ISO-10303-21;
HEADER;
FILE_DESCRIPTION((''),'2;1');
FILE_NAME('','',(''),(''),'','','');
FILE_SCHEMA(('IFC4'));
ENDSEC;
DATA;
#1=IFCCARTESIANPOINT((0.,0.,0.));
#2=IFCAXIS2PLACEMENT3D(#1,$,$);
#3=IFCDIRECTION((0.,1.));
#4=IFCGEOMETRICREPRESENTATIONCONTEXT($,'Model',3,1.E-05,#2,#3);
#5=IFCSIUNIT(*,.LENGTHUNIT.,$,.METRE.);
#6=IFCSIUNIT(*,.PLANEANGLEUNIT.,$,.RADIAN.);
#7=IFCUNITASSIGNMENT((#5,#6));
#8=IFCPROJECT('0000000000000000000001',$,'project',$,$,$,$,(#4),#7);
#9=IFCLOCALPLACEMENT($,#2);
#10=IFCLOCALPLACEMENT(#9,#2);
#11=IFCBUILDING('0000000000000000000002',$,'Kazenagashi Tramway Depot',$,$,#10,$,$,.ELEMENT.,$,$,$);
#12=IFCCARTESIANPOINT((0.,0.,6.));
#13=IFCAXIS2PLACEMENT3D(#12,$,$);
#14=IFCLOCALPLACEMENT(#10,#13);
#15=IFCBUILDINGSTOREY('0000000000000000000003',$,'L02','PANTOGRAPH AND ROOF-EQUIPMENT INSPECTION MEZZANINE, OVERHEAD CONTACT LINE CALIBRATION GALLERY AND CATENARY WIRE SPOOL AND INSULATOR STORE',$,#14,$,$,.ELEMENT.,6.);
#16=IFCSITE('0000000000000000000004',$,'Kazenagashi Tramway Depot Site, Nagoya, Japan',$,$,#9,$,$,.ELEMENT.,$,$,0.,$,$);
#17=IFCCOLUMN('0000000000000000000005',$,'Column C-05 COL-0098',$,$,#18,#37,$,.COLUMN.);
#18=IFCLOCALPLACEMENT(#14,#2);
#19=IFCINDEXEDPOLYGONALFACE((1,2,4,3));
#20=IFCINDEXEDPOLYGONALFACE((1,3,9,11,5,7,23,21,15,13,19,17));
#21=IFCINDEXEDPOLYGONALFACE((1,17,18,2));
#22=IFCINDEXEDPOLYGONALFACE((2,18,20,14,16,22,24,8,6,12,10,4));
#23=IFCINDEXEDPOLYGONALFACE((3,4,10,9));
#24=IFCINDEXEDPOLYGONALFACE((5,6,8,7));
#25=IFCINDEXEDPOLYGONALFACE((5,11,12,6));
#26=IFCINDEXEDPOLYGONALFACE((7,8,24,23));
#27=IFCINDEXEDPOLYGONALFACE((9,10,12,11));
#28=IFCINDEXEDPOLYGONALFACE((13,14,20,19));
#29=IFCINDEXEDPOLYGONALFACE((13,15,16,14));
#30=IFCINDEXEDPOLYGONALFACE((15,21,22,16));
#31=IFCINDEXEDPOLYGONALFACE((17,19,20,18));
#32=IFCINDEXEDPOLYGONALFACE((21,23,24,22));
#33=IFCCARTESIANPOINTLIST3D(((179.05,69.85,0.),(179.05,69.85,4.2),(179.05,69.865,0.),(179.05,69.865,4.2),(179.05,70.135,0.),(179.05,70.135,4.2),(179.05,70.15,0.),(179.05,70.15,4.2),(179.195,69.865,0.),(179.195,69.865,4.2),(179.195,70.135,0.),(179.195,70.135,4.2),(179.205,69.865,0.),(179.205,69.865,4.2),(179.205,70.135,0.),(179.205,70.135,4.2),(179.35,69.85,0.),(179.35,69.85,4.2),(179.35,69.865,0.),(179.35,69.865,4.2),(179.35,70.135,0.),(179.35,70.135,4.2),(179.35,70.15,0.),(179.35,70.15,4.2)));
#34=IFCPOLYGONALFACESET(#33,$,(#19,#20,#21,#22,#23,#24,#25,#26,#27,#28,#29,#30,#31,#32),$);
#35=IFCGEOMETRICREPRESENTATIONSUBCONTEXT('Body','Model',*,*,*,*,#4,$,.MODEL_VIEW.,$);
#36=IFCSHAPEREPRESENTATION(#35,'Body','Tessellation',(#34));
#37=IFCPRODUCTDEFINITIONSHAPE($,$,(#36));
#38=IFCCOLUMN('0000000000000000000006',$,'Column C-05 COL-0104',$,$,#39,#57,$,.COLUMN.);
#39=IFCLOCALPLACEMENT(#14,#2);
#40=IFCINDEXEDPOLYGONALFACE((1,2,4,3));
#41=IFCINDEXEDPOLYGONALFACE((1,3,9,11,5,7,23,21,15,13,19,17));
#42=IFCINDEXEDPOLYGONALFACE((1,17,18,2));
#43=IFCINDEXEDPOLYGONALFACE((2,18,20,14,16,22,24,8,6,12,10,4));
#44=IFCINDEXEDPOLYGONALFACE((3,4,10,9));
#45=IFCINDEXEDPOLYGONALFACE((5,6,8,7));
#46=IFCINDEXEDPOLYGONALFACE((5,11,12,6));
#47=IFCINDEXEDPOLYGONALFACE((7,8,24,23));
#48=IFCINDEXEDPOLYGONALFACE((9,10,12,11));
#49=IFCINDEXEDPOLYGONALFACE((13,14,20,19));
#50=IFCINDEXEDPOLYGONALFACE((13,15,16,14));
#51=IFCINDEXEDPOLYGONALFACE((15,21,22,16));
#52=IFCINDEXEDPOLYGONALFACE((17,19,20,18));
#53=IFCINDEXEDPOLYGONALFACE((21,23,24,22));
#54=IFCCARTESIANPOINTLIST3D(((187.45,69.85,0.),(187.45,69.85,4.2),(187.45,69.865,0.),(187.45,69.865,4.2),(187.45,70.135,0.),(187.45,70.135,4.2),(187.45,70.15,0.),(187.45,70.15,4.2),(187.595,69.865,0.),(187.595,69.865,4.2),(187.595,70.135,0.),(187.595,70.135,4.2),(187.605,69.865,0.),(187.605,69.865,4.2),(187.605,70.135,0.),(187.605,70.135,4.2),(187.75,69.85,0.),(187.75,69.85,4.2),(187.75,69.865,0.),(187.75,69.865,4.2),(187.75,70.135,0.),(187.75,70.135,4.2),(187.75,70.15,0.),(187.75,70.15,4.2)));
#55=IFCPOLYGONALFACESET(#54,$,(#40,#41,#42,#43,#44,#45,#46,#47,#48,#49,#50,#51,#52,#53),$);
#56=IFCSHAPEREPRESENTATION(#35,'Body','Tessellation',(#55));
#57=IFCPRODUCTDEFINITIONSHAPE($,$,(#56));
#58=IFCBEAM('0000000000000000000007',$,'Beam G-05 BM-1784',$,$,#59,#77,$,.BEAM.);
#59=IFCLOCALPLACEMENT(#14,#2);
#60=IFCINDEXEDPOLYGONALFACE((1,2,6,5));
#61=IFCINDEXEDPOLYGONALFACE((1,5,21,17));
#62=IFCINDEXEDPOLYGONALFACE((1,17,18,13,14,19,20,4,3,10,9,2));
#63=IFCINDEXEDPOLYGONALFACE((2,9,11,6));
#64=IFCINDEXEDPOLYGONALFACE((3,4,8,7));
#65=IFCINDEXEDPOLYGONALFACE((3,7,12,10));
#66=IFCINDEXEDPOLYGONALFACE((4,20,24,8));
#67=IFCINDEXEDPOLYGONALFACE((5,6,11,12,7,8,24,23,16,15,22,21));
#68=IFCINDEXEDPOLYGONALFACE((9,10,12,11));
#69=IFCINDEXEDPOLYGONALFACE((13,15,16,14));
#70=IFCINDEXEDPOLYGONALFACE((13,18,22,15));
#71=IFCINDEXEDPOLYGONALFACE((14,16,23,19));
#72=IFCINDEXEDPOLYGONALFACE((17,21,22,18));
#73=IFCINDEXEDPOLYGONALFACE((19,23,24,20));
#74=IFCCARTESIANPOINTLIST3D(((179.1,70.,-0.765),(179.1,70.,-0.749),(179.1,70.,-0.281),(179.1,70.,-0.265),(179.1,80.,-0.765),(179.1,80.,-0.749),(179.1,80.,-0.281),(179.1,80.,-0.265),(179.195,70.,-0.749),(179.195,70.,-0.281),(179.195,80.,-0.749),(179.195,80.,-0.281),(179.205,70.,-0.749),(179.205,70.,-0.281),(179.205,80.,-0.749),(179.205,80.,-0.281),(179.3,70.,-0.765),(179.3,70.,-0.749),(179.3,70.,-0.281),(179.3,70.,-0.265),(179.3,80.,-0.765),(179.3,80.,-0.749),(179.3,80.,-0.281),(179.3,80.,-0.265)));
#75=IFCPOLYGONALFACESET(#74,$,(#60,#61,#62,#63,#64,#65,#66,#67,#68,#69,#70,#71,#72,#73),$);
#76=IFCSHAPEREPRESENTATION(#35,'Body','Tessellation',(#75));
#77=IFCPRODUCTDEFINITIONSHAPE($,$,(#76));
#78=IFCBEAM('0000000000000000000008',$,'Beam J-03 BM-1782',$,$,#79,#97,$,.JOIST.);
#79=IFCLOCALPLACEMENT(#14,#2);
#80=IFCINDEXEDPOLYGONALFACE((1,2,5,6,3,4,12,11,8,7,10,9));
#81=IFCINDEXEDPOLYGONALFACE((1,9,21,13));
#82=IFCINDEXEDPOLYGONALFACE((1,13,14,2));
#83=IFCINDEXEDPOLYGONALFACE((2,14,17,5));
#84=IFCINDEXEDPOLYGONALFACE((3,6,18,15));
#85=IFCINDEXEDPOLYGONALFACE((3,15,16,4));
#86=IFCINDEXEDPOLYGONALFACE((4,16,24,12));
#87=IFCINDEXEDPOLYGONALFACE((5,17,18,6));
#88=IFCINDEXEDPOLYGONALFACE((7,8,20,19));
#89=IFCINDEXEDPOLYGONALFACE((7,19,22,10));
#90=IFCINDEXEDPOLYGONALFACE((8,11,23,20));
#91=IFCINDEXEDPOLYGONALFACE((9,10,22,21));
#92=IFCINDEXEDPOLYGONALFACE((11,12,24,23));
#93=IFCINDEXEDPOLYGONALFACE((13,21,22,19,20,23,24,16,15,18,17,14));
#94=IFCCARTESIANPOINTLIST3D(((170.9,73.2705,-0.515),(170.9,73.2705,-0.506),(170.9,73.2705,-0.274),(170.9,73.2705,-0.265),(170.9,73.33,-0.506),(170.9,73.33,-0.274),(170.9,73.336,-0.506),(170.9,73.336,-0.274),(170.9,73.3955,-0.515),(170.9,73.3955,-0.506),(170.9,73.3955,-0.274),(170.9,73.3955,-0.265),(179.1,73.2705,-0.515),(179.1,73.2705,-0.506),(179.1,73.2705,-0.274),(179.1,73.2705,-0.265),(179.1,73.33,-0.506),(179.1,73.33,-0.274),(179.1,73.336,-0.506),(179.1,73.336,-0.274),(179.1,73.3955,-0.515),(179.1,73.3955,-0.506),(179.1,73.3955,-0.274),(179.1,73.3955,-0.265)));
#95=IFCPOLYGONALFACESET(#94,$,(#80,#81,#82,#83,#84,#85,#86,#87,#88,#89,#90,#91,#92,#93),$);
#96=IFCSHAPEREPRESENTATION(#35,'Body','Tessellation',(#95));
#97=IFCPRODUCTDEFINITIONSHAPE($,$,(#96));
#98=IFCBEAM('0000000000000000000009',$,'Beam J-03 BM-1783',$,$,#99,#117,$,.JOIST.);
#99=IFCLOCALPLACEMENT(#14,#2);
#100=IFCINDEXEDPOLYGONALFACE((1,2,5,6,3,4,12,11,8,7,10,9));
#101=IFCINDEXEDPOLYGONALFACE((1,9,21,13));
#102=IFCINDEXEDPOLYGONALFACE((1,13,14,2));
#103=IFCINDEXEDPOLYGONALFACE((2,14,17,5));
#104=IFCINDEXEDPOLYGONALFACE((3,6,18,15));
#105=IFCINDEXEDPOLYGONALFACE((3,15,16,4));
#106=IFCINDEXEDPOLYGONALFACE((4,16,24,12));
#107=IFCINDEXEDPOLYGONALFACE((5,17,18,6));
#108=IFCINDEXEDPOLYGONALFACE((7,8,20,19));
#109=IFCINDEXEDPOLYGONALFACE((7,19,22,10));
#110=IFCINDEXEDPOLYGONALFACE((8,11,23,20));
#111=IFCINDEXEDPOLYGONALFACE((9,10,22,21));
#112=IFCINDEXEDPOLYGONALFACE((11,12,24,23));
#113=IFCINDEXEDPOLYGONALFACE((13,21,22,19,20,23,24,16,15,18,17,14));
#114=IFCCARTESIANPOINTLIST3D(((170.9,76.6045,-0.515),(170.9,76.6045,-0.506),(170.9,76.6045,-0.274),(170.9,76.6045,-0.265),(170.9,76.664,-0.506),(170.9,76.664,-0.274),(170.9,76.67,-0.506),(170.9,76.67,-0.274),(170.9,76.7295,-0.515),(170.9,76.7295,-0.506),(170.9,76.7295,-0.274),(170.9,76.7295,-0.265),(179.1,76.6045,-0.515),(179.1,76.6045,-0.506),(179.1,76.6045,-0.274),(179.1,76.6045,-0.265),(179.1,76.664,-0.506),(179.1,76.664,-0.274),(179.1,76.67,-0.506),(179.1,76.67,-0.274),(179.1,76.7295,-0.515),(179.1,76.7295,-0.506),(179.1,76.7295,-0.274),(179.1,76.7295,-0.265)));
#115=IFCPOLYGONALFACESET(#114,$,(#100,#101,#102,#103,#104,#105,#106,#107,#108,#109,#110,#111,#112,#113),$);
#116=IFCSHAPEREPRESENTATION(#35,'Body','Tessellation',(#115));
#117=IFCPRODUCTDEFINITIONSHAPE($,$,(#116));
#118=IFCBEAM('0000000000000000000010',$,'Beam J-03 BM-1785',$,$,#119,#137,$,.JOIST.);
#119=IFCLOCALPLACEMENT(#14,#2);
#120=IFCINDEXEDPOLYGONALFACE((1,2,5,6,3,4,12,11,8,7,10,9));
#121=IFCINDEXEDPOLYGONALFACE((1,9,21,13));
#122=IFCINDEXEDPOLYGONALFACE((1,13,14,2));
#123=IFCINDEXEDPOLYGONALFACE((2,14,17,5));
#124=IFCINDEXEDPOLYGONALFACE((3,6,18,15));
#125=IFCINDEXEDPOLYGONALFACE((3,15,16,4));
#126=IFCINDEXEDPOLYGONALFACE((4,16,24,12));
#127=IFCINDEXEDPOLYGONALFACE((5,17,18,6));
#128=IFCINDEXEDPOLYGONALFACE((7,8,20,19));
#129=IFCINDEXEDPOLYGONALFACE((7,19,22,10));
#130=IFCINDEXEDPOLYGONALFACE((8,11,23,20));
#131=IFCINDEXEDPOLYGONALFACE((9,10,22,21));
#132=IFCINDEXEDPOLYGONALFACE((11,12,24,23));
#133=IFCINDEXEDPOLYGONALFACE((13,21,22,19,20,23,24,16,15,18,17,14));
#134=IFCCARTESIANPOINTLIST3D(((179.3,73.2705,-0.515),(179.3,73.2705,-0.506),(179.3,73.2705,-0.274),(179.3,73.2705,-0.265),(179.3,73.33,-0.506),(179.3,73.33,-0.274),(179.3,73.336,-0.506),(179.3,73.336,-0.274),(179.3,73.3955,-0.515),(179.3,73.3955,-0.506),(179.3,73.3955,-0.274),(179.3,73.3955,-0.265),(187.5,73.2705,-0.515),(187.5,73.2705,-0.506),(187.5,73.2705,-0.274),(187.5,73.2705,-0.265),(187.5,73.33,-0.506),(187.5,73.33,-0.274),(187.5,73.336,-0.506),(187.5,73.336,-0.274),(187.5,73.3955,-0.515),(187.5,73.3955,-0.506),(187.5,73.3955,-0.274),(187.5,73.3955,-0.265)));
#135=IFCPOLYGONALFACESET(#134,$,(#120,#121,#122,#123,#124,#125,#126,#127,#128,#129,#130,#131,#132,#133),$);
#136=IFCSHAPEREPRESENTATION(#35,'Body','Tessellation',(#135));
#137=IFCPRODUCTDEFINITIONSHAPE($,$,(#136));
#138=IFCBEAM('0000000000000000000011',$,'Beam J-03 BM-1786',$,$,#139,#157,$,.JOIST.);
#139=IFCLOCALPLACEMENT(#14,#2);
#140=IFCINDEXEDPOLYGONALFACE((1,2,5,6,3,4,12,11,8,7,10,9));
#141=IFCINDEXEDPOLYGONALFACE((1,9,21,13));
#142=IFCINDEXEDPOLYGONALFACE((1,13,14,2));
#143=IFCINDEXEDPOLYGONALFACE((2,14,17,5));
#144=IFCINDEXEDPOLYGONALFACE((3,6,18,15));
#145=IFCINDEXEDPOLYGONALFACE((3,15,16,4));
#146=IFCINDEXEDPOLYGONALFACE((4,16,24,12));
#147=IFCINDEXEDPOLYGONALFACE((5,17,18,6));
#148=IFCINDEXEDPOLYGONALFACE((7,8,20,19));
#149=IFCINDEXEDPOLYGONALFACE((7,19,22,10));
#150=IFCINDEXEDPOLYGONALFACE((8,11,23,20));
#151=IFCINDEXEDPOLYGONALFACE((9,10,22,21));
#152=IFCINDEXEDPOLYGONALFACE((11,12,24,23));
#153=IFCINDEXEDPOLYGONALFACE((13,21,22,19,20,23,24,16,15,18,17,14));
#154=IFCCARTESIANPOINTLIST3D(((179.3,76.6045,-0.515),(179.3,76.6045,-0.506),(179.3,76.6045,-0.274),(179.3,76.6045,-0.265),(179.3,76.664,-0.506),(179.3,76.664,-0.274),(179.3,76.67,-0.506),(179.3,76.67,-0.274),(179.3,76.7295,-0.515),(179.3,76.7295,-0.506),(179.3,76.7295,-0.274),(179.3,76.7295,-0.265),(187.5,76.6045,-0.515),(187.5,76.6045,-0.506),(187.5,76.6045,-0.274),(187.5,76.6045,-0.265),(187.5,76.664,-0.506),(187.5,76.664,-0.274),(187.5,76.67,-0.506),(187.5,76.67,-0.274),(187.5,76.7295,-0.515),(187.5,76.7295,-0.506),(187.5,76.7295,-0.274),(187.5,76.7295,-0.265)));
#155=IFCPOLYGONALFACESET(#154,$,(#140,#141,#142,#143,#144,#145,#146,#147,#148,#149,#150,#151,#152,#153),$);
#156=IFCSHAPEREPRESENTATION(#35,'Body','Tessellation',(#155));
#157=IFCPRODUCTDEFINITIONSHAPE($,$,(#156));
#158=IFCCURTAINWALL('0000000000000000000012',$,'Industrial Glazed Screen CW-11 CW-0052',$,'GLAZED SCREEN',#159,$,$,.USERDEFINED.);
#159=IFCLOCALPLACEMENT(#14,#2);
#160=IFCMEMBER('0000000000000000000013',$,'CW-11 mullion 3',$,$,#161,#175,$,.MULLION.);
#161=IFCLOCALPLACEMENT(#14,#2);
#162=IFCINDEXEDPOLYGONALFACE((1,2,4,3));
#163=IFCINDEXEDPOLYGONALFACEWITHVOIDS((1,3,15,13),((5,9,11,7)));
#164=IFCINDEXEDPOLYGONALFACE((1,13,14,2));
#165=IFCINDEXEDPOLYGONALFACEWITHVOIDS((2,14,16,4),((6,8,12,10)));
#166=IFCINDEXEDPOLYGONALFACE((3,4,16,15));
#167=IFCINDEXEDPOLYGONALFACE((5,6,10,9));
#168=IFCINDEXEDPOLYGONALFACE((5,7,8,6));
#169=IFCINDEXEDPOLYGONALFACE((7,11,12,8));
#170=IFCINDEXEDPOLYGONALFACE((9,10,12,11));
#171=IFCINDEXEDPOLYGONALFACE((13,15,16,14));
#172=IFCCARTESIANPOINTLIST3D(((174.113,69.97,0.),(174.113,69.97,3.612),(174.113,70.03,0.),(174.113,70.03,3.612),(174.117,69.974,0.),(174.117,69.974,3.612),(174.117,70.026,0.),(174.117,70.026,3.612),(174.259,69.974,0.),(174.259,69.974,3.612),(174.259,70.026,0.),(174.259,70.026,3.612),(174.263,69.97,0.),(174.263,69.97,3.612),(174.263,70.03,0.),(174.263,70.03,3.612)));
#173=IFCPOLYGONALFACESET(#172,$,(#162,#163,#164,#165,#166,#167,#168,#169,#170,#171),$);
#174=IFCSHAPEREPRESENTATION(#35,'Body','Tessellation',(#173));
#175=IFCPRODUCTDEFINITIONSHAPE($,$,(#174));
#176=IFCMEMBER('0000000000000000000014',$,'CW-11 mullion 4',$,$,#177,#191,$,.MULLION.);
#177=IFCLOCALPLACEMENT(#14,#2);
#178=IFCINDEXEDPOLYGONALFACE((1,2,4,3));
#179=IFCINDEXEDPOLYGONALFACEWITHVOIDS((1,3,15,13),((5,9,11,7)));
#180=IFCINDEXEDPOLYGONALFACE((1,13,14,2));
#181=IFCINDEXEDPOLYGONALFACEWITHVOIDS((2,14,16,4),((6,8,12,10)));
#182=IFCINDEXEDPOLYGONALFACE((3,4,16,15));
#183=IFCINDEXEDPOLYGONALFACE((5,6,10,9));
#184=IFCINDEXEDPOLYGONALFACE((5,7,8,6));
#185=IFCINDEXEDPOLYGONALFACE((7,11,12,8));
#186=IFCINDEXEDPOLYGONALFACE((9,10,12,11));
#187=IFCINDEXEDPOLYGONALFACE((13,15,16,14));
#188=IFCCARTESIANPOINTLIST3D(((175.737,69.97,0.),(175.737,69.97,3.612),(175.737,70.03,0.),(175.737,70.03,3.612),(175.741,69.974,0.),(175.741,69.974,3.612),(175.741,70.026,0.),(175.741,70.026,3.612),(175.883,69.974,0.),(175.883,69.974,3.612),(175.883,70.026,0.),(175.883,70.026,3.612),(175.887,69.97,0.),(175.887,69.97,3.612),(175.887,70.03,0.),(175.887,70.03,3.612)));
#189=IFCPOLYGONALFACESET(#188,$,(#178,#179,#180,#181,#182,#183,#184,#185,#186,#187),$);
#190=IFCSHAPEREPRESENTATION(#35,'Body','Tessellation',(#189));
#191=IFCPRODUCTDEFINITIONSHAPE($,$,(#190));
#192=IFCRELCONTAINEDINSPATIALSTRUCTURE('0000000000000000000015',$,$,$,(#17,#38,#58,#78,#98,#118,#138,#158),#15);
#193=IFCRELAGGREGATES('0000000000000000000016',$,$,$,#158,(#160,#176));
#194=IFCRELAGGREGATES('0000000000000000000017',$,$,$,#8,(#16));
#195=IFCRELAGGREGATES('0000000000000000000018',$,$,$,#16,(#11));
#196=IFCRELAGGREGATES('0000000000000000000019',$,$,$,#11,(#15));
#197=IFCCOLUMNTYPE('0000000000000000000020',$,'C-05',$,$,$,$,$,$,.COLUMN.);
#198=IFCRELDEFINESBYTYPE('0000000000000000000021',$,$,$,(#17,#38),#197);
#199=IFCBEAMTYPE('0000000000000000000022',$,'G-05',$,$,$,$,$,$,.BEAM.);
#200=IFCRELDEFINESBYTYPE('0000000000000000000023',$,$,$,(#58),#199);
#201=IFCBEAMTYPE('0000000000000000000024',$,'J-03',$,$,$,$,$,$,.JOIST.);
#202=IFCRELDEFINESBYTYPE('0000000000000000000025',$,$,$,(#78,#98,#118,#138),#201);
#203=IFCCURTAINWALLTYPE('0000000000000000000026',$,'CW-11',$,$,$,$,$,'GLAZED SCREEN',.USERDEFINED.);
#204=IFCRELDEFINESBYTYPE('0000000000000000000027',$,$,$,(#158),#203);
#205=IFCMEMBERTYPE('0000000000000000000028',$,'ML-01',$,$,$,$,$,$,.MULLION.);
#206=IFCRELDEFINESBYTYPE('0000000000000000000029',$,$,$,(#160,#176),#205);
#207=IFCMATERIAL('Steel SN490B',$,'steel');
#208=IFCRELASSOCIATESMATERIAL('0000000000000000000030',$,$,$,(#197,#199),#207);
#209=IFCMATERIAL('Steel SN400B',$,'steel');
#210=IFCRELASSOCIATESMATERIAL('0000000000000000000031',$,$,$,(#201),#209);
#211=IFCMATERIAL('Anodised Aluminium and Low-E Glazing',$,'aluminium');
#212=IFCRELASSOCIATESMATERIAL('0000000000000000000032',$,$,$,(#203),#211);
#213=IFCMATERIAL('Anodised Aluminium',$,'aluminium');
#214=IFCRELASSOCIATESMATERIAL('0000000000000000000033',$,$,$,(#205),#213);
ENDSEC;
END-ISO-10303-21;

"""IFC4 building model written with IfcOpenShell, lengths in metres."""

from ifc_helpers import new_model, si_unit, direction, frame, origin, origin_2d, place, context, subcontext, project, spatial, hollow_rectangle, i_section, extrude, material, material_profile, profile_set, type_object, element, aggregate, save


model = new_model("IFC4")

# Units and contexts
model_context = context("Model", 3, precision=1e-05, world=origin(), true_north=direction((0.0, 1.0)))
body_context = subcontext(model_context, "Body", "Model", "MODEL_VIEW")
ifc_project = project(units=[si_unit("LENGTHUNIT", "METRE"), si_unit("PLANEANGLEUNIT", "RADIAN")], contexts=[model_context])

# Site, building, storey
site_placement = place(None, origin())
site = spatial("IfcSite", under=ifc_project, at=site_placement, Name="Kazenagashi Tramway Depot Site, Nagoya, Japan", CompositionType="ELEMENT", RefElevation=0.0)
building_placement = place(site_placement, origin())
building = spatial("IfcBuilding", under=site, at=building_placement, Name="Kazenagashi Tramway Depot", CompositionType="ELEMENT")
storey_placement = place(building_placement, frame((0.0, 0.0, 6.0)))
storey = spatial("IfcBuildingStorey", under=building, at=storey_placement, Name="L02", Description="PANTOGRAPH AND ROOF-EQUIPMENT INSPECTION MEZZANINE, OVERHEAD CONTACT LINE CALIBRATION GALLERY AND CATENARY WIRE SPOOL AND INSULATOR STORE", CompositionType="ELEMENT", Elevation=6.0)

# Columns
ifc_material_1 = material(Name="Steel SN490B", Category="steel")
ifc_material_profile_1 = material_profile(ifc_material_1, i_section(OverallWidth=0.3, OverallDepth=0.3, WebThickness=0.01, FlangeThickness=0.015, at=origin_2d()), Name="H-300x300x10x15")
ifc_profile_set_1 = profile_set([ifc_material_profile_1], Name="Steel SN490B")
column_type = type_object("IfcColumnType", Name="C-05", PredefinedType="COLUMN", material=ifc_profile_set_1)
for number, where, z_axis, x_axis, name in (
    (1, (179.2, 70.0, 0.0), (0.0, 0.0, 1.0), (1.0, 0.0, 0.0), "Column C-05 COL-0098"),
    (2, (187.6, 70.0, 0.0), (0.0, 0.0, 1.0), (1.0, 0.0, 0.0), "Column C-05 COL-0104"),
):
    element("IfcColumn", number, at=place(storey_placement, frame(where, z_axis=z_axis, x_axis=x_axis)), inside=storey, type_object=column_type, Name=name, PredefinedType="COLUMN", context=body_context, shape_type="SweptSolid", body=[
        extrude(i_section(OverallWidth=0.3, OverallDepth=0.3, WebThickness=0.01, FlangeThickness=0.015, at=origin_2d()), origin(), (0.0, 0.0, 1.0), 4.2),
    ])

# Beams
ifc_material_profile_2 = material_profile(ifc_material_1, i_section(OverallWidth=0.2, OverallDepth=0.5, WebThickness=0.01, FlangeThickness=0.016, at=origin_2d()), Name="H-500x200x10x16")
ifc_profile_set_2 = profile_set([ifc_material_profile_2], Name="Steel SN490B")
beam_type_1 = type_object("IfcBeamType", Name="G-05", PredefinedType="BEAM", material=ifc_profile_set_2)
beam_1_placement = place(storey_placement, frame((179.2, 70.0, -0.515), z_axis=(0.0, 1.0, 0.0), x_axis=(-1.0, 0.0, 0.0)))
element("IfcBeam", 3, at=beam_1_placement, inside=storey, type_object=beam_type_1, Name="Beam G-05 BM-1784", PredefinedType="BEAM", context=body_context, shape_type="SweptSolid", body=[
    extrude(i_section(OverallWidth=0.2, OverallDepth=0.5, WebThickness=0.01, FlangeThickness=0.016, at=origin_2d()), origin(), (0.0, 0.0, 1.0), 10.0),
])
ifc_material_2 = material(Name="Steel SN400B", Category="steel")
ifc_material_profile_3 = material_profile(ifc_material_2, i_section(OverallWidth=0.125, OverallDepth=0.25, WebThickness=0.006, FlangeThickness=0.009, at=origin_2d()), Name="H-250x125x6x9")
ifc_profile_set_3 = profile_set([ifc_material_profile_3], Name="Steel SN400B")
beam_type_2 = type_object("IfcBeamType", Name="J-03", PredefinedType="JOIST", material=ifc_profile_set_3)
for number, where, z_axis, x_axis, name in (
    (4, (170.9, 73.333, -0.39), (1.0, 0.0, 0.0), (0.0, 1.0, 0.0), "Beam J-03 BM-1782"),
    (5, (170.9, 76.667, -0.39), (1.0, 0.0, 0.0), (0.0, 1.0, 0.0), "Beam J-03 BM-1783"),
    (6, (179.3, 73.333, -0.39), (1.0, 0.0, 0.0), (0.0, 1.0, 0.0), "Beam J-03 BM-1785"),
    (7, (179.3, 76.667, -0.39), (1.0, 0.0, 0.0), (0.0, 1.0, 0.0), "Beam J-03 BM-1786"),
):
    element("IfcBeam", number, at=place(storey_placement, frame(where, z_axis=z_axis, x_axis=x_axis)), inside=storey, type_object=beam_type_2, Name=name, PredefinedType="JOIST", context=body_context, shape_type="SweptSolid", body=[
        extrude(i_section(OverallWidth=0.125, OverallDepth=0.25, WebThickness=0.006, FlangeThickness=0.009, at=origin_2d()), origin(), (0.0, 0.0, 1.0), 8.2),
    ])

# Curtain wall, members
ifc_material_3 = material(Name="Anodised Aluminium and Low-E Glazing", Category="aluminium")
curtain_wall_type = type_object("IfcCurtainWallType", Name="CW-11", ElementType="GLAZED SCREEN", PredefinedType="USERDEFINED", material=ifc_material_3)
curtain_wall_placement = place(storey_placement, origin())
curtain_wall = element("IfcCurtainWall", 8, at=curtain_wall_placement, inside=storey, type_object=curtain_wall_type, Name="Industrial Glazed Screen CW-11 CW-0052", ObjectType="GLAZED SCREEN", PredefinedType="USERDEFINED")
ifc_material_4 = material(Name="Anodised Aluminium", Category="aluminium")
ifc_material_profile_4 = material_profile(ifc_material_4, hollow_rectangle(XDim=0.06, YDim=0.15, WallThickness=0.004, at=origin_2d()), Name="RHS-150x60x4")
ifc_profile_set_4 = profile_set([ifc_material_profile_4], Name="Anodised Aluminium")
member_type_1 = type_object("IfcMemberType", Name="ML-01", PredefinedType="MULLION", material=ifc_profile_set_4)
member_1_placement = place(storey_placement, frame((174.188, 70.0, 0.0), z_axis=(0.0, 0.0, 1.0), x_axis=(0.0, 1.0, 0.0)))
member_1 = element("IfcMember", 9, at=member_1_placement, type_object=member_type_1, Name="CW-11 mullion 3", PredefinedType="MULLION", context=body_context, shape_type="SweptSolid", body=[
    extrude(hollow_rectangle(XDim=0.06, YDim=0.15, WallThickness=0.004, at=origin_2d()), origin(), (0.0, 0.0, 1.0), 3.612),
])
member_2_placement = place(storey_placement, frame((175.812, 70.0, 0.0), z_axis=(0.0, 0.0, 1.0), x_axis=(0.0, 1.0, 0.0)))
member_2 = element("IfcMember", 10, at=member_2_placement, type_object=member_type_1, Name="CW-11 mullion 4", PredefinedType="MULLION", context=body_context, shape_type="SweptSolid", body=[
    extrude(hollow_rectangle(XDim=0.06, YDim=0.15, WallThickness=0.004, at=origin_2d()), origin(), (0.0, 0.0, 1.0), 3.612),
])

aggregate(curtain_wall, [member_1, member_2])

save(model, "model.ifc")
